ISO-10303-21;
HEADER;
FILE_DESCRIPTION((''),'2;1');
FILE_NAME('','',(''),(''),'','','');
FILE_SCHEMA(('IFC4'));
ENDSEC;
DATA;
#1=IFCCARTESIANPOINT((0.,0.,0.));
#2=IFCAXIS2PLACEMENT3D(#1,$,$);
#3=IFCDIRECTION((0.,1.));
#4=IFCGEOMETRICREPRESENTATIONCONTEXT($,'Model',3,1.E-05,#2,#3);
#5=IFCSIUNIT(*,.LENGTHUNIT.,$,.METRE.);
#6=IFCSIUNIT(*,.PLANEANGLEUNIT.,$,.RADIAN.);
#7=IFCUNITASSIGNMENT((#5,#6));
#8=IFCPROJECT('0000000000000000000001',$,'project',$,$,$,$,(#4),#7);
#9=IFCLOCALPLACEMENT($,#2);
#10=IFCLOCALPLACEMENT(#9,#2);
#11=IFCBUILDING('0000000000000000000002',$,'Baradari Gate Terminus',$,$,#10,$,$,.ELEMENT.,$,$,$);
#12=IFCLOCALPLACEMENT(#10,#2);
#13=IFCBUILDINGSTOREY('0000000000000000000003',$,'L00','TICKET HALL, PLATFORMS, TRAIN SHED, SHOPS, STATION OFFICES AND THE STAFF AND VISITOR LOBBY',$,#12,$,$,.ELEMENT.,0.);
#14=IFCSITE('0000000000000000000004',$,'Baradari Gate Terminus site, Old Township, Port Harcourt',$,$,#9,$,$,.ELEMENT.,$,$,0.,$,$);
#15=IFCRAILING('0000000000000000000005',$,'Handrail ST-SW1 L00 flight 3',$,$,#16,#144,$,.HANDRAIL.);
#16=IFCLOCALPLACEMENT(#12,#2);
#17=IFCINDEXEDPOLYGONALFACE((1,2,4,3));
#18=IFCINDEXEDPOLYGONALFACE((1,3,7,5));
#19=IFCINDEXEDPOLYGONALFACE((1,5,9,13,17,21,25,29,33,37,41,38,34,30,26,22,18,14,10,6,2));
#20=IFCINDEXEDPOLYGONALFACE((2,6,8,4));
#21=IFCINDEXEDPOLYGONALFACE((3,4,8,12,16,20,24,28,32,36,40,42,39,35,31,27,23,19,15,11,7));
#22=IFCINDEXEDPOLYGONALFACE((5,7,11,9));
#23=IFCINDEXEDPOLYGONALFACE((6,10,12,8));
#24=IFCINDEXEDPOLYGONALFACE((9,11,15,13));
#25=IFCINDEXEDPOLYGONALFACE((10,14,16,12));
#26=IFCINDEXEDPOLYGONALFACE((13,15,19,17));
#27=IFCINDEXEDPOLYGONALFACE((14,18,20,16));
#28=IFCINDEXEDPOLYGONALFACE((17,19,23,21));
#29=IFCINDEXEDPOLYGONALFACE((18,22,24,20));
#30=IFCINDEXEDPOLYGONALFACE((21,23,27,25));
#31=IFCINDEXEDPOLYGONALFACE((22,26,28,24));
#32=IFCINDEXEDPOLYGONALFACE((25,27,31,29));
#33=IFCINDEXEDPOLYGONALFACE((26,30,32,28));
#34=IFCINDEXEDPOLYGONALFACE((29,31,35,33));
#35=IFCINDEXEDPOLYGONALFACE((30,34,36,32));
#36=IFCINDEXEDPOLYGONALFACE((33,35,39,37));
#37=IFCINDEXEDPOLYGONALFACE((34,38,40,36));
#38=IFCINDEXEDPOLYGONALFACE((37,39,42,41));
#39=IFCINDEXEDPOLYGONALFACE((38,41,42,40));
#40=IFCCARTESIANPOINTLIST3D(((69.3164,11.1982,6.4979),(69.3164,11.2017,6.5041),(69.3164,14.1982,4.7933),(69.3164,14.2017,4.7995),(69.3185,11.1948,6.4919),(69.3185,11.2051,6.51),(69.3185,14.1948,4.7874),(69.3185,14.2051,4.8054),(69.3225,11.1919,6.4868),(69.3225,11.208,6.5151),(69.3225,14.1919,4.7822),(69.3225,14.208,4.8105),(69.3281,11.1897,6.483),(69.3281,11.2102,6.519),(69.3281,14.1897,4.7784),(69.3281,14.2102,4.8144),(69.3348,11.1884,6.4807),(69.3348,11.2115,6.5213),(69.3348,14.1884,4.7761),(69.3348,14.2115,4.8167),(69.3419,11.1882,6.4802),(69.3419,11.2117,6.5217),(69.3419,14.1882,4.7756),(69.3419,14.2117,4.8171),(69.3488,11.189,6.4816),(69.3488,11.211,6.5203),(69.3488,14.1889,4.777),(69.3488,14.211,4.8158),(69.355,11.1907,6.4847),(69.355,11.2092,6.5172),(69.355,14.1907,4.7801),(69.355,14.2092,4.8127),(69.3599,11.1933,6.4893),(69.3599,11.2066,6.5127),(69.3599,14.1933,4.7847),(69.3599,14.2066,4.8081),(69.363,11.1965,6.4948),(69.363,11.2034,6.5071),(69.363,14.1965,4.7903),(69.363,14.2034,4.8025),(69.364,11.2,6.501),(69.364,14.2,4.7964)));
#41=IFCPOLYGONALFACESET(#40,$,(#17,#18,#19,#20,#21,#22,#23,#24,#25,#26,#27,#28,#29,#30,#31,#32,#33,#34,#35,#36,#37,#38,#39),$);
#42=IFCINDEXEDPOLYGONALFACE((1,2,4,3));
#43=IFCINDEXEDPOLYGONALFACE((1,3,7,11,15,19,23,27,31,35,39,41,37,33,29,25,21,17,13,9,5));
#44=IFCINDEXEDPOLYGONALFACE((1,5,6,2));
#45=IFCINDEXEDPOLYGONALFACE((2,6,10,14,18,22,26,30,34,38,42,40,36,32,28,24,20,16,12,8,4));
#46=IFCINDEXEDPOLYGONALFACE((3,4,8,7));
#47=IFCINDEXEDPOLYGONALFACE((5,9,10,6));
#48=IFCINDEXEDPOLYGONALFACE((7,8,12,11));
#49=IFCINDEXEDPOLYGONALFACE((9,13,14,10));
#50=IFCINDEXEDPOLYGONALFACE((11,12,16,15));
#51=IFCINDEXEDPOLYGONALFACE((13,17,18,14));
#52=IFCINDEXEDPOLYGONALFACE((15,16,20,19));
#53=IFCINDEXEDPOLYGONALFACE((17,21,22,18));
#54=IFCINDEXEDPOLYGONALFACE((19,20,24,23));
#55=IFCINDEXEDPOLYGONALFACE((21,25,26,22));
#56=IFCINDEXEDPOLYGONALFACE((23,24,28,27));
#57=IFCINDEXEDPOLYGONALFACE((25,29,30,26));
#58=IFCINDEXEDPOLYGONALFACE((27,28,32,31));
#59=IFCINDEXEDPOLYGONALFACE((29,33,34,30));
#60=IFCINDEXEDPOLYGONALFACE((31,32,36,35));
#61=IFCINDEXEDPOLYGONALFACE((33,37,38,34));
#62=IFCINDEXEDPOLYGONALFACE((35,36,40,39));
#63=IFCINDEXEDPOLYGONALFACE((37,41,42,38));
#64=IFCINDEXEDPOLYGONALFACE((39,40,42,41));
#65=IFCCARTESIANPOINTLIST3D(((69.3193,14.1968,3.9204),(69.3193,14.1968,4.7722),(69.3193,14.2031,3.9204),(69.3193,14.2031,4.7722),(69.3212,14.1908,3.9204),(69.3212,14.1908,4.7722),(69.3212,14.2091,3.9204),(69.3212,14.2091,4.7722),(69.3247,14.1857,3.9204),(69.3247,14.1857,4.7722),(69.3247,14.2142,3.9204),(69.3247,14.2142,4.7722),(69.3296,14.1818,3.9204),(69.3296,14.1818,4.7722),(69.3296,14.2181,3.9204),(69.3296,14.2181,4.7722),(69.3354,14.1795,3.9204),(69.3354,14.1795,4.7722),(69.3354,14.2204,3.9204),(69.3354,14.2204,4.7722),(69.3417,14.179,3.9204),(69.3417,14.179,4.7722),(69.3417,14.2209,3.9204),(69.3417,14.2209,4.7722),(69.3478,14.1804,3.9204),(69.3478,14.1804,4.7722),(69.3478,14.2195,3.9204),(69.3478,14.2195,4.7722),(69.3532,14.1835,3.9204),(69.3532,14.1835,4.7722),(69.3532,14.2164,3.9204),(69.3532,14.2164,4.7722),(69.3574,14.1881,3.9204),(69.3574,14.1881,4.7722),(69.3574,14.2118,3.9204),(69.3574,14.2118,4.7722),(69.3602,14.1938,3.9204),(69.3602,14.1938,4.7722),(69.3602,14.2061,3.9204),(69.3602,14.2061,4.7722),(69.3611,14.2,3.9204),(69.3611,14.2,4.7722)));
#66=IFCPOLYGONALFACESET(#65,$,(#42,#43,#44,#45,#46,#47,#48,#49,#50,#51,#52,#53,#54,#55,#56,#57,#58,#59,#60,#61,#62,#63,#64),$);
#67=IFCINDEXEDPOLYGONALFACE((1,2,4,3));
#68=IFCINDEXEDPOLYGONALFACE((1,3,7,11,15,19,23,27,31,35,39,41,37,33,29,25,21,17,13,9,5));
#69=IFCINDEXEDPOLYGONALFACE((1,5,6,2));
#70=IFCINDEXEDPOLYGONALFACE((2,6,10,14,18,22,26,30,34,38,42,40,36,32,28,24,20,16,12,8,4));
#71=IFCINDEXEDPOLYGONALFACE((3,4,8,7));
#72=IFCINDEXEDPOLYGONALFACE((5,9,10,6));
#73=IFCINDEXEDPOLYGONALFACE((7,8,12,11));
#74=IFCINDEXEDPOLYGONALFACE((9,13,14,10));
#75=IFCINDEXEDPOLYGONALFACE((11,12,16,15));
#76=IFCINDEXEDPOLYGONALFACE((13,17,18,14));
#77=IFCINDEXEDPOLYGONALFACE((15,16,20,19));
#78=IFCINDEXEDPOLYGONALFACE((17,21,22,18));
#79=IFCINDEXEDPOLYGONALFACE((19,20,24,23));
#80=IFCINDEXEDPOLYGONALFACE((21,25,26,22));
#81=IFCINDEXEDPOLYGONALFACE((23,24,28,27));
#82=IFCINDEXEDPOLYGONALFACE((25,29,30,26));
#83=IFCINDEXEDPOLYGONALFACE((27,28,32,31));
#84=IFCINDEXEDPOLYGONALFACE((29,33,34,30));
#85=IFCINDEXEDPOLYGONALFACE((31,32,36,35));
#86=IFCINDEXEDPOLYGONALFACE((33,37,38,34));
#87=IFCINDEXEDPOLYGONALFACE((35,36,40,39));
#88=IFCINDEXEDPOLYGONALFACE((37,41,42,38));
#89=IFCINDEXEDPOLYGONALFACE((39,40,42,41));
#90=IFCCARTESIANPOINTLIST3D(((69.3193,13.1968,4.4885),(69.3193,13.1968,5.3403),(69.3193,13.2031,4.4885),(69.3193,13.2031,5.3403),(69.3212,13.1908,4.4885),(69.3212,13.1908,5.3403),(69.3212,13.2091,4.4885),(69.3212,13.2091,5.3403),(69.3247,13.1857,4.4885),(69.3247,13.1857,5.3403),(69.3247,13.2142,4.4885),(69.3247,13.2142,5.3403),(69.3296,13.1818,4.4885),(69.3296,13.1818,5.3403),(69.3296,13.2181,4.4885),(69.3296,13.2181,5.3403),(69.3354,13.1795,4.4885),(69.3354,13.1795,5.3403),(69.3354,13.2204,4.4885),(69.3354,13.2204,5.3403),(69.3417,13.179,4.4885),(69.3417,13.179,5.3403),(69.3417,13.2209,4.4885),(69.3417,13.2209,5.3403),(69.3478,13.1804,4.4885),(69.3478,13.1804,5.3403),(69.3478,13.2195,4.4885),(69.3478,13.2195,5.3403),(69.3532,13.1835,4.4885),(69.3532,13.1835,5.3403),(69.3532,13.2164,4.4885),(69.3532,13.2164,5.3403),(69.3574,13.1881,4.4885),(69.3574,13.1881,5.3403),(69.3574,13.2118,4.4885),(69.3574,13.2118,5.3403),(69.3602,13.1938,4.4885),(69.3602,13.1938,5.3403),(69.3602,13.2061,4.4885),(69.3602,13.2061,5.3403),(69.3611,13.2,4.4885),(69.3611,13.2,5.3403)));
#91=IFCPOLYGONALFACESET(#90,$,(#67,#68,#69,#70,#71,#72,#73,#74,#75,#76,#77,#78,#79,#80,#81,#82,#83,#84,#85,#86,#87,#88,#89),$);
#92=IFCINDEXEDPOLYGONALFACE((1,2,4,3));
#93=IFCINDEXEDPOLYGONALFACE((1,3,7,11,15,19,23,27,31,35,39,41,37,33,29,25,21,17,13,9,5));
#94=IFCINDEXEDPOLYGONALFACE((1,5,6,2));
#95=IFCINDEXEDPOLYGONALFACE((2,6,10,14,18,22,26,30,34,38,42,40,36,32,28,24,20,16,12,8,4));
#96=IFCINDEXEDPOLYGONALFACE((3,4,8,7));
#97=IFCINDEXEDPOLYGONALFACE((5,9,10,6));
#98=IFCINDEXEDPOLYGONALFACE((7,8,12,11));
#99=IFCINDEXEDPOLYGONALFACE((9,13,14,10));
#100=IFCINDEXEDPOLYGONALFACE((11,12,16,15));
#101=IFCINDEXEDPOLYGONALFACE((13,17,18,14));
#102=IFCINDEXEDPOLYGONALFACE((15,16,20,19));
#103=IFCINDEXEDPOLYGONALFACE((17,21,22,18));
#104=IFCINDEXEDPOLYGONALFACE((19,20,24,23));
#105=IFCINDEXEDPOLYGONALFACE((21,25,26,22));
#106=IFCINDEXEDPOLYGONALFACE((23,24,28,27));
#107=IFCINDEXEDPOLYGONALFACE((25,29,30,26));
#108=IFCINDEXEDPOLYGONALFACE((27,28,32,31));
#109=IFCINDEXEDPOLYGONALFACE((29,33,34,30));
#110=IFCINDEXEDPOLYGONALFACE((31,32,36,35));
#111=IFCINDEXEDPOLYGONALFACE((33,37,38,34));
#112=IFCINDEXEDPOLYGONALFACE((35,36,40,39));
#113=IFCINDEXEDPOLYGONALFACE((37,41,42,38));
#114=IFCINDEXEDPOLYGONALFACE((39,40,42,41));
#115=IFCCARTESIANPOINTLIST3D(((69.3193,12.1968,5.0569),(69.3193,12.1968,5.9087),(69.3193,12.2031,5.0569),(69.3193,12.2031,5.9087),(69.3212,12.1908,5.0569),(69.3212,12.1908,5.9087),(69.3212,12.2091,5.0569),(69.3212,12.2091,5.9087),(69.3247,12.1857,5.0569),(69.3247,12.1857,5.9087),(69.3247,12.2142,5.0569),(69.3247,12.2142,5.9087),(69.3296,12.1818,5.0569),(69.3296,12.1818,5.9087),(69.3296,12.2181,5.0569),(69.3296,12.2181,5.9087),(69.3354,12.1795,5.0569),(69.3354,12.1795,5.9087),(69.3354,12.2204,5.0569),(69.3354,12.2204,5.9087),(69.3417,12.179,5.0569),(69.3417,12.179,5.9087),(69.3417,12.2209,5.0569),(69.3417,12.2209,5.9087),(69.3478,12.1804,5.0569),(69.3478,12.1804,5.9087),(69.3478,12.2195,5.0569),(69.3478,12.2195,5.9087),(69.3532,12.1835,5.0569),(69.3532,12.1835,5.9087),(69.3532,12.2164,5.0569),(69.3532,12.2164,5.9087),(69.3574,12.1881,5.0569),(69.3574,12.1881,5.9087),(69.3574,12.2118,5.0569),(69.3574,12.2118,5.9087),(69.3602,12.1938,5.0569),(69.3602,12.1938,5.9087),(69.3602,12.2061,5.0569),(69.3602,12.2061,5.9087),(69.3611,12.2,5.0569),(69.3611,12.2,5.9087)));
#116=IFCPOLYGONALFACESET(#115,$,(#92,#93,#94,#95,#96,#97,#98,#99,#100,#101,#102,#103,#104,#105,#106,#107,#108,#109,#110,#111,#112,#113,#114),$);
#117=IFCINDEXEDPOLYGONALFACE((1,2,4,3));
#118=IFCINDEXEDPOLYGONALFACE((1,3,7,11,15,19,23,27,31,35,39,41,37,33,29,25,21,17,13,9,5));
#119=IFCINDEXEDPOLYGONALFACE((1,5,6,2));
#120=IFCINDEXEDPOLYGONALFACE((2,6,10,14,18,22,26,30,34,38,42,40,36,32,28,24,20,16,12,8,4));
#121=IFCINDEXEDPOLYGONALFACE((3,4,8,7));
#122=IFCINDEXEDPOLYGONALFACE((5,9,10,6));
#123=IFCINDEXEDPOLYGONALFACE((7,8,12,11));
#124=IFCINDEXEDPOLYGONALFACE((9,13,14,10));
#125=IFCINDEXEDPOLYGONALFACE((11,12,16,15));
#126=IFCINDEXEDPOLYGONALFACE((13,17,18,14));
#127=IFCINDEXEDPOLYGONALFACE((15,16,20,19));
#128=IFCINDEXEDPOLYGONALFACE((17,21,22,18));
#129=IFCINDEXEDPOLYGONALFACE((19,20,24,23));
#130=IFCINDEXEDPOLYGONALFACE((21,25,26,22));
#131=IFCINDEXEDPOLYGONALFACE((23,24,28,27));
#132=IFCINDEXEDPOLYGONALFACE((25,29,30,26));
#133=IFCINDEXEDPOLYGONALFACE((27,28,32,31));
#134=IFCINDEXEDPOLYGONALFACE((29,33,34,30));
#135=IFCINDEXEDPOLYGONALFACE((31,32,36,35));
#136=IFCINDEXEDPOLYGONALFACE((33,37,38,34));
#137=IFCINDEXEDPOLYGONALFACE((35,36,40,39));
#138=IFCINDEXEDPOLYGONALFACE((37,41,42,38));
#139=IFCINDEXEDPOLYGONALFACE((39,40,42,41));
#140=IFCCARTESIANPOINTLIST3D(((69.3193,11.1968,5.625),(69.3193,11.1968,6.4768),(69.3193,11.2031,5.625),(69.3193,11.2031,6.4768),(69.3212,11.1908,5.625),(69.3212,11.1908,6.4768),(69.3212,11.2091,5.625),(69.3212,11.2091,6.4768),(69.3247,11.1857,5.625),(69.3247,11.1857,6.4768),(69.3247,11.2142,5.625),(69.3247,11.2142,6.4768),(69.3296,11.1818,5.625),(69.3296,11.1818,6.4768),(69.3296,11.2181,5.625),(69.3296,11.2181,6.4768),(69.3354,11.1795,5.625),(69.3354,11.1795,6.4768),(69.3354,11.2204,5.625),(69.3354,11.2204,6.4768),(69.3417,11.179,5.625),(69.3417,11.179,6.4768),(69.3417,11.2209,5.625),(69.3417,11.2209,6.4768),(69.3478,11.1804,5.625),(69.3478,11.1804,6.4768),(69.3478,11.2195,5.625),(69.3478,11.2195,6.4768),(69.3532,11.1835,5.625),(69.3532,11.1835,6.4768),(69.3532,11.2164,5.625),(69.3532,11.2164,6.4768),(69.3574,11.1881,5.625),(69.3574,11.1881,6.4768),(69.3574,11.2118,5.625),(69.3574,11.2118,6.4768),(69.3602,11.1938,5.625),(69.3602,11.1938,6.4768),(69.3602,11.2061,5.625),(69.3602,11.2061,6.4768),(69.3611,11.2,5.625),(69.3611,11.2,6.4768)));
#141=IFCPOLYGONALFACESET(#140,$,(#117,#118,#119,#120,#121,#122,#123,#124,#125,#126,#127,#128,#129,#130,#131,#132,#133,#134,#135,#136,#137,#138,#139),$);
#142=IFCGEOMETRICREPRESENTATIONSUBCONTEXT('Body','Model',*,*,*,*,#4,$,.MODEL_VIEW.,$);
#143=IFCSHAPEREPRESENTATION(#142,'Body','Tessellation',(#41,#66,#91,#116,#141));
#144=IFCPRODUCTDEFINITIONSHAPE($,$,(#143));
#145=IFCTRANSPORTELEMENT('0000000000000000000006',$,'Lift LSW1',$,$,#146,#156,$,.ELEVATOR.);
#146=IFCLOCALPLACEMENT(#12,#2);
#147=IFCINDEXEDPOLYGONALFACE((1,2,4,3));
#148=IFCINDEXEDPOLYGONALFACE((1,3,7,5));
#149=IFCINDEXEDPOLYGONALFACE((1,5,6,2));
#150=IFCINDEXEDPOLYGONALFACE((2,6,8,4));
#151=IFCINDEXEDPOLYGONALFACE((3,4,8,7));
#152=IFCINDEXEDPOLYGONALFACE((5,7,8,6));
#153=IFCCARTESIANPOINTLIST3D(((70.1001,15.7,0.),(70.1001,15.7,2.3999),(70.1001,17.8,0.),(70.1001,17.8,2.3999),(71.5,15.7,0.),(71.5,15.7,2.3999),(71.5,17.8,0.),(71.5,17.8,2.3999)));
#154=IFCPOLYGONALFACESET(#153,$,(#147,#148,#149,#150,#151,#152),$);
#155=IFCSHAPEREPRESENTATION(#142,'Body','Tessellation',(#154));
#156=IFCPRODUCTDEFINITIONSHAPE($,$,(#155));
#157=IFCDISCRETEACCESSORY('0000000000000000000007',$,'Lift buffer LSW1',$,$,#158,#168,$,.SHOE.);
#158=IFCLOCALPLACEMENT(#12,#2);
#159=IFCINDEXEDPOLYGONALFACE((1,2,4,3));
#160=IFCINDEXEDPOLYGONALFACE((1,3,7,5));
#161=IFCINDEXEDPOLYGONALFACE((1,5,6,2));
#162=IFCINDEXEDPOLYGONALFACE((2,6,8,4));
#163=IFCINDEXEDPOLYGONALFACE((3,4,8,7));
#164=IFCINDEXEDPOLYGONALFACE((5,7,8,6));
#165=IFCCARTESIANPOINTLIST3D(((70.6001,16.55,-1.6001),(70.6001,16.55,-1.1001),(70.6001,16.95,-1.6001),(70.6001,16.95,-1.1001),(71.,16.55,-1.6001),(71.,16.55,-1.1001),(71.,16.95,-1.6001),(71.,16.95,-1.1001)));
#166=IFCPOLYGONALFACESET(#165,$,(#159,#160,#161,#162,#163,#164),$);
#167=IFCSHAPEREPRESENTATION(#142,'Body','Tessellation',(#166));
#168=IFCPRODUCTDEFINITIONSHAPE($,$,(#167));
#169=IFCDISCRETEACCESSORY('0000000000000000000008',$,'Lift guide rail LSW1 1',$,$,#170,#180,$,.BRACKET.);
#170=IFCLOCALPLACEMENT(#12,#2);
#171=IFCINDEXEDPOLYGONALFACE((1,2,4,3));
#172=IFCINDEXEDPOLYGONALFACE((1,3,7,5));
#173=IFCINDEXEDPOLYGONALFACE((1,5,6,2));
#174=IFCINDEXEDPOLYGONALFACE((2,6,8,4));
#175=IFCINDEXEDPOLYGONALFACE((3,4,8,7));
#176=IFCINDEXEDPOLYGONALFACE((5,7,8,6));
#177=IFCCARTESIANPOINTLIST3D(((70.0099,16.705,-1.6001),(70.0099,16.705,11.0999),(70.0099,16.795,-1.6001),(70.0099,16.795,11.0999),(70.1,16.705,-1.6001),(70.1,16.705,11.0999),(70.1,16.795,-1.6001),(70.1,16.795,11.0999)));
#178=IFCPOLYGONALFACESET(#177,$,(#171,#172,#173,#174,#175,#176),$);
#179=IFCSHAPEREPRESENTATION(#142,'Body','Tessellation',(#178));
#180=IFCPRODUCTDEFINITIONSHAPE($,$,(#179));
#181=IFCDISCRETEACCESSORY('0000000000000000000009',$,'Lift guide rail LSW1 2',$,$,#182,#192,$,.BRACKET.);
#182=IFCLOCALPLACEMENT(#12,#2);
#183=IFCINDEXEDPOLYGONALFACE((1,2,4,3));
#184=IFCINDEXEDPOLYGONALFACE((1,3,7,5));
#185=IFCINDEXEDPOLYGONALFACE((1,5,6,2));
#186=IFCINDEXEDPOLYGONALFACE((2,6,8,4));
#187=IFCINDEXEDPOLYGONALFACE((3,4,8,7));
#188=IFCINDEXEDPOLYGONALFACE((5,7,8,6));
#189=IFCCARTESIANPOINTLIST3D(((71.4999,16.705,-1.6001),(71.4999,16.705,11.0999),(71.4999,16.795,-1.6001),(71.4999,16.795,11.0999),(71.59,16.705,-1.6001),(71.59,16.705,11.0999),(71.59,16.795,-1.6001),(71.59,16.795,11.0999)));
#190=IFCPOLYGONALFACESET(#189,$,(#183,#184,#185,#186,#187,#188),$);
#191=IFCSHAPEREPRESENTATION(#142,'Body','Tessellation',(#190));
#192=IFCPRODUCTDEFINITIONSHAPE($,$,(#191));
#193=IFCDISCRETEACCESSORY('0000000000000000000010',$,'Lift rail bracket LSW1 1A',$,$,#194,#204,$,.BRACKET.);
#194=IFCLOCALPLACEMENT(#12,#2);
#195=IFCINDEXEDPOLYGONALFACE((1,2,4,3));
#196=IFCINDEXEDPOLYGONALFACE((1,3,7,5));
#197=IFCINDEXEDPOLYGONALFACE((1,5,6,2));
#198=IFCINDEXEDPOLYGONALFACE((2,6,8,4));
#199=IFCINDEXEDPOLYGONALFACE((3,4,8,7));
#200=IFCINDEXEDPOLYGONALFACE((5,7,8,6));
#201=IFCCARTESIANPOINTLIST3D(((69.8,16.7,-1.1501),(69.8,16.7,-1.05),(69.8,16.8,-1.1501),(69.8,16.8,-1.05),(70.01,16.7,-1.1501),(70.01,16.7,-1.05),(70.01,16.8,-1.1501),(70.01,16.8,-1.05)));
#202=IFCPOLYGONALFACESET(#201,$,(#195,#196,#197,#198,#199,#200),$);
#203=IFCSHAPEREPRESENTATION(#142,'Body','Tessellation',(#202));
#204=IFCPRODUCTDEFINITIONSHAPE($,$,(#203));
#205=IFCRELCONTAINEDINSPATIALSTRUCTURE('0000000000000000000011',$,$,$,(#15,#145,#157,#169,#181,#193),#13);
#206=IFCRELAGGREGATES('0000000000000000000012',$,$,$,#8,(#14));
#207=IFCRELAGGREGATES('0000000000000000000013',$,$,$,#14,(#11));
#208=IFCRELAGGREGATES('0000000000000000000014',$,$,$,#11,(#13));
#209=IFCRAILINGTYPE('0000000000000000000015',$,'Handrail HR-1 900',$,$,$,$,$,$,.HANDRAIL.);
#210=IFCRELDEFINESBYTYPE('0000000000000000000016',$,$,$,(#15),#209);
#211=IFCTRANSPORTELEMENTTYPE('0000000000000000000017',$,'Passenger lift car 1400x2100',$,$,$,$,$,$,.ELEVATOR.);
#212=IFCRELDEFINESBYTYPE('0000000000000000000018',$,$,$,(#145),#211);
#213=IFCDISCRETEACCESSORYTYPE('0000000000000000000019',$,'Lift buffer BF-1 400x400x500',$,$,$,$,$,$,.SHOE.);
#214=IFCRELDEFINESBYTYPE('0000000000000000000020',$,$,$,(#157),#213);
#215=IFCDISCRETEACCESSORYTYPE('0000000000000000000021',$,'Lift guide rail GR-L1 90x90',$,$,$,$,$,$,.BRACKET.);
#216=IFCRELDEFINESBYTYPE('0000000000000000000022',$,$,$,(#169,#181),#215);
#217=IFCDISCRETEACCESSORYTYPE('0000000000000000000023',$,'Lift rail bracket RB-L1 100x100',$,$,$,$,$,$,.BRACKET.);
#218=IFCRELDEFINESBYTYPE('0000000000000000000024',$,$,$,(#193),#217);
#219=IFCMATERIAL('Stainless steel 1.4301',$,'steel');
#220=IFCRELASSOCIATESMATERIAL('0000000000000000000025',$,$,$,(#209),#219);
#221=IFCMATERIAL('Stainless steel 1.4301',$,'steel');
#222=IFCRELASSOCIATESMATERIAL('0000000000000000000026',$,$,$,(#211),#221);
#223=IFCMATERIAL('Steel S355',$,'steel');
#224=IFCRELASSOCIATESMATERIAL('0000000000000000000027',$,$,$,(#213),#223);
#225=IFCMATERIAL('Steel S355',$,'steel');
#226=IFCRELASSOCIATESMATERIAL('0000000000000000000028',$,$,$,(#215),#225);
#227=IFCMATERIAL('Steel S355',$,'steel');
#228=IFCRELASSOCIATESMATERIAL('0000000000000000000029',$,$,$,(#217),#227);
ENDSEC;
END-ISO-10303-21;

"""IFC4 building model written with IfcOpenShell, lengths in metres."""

from ifc_helpers import new_model, si_unit, direction, frame, origin, origin_2d, place, context, subcontext, project, spatial, rectangle, circle, extrude, material, type_object, element, save


model = new_model("IFC4")

# Units and contexts
model_context = context("Model", 3, precision=1e-05, world=origin(), true_north=direction((0.0, 1.0)))
body_context = subcontext(model_context, "Body", "Model", "MODEL_VIEW")
ifc_project = project(units=[si_unit("LENGTHUNIT", "METRE"), si_unit("PLANEANGLEUNIT", "RADIAN")], contexts=[model_context])

# Site, building, storey
site_placement = place(None, origin())
site = spatial("IfcSite", under=ifc_project, at=site_placement, Name="Baradari Gate Terminus site, Old Township, Port Harcourt", CompositionType="ELEMENT", RefElevation=0.0)
building_placement = place(site_placement, origin())
building = spatial("IfcBuilding", under=site, at=building_placement, Name="Baradari Gate Terminus", CompositionType="ELEMENT")
storey_placement = place(building_placement, origin())
storey = spatial("IfcBuildingStorey", under=building, at=storey_placement, Name="L00", Description="TICKET HALL, PLATFORMS, TRAIN SHED, SHOPS, STATION OFFICES AND THE STAFF AND VISITOR LOBBY", CompositionType="ELEMENT", Elevation=0.0)

# Railing
ifc_material_1 = material(Name="Stainless steel 1.4301", Category="steel")
railing_type_1 = type_object("IfcRailingType", Name="Handrail HR-1 900", PredefinedType="HANDRAIL", material=ifc_material_1)
for number, where, name in (
    (1, (69.3401, 14.2, 3.9204), "Handrail ST-SW1 L00 flight 3"),
):
    element("IfcRailing", number, at=place(storey_placement, frame(where)), inside=storey, type_object=railing_type_1, Name=name, PredefinedType="HANDRAIL", context=body_context, shape_type="SweptSolid", body=[
        extrude(circle(Radius=0.0239, at=origin_2d()), frame((0.0, 0.0, 0.876), z_axis=(0.0, -0.869451, 0.494019), x_axis=(1.0, 0.0, 0.0)), (0.0, 0.0, 1.0), 3.4504),
        extrude(circle(Radius=0.021, at=origin_2d()), origin(), (0.0, 0.0, 1.0), 0.8518),
        extrude(circle(Radius=0.021, at=origin_2d()), frame((0.0, -1.0, 0.5681)), (0.0, 0.0, 1.0), 0.8518),
        extrude(circle(Radius=0.021, at=origin_2d()), frame((0.0, -2.0, 1.1365)), (0.0, 0.0, 1.0), 0.8518),
        extrude(circle(Radius=0.021, at=origin_2d()), frame((0.0, -3.0, 1.7046)), (0.0, 0.0, 1.0), 0.8518),
    ])

# Transport element
ifc_material_2 = material(Name="Stainless steel 1.4301", Category="steel")
transport_element_type = type_object("IfcTransportElementType", Name="Passenger lift car 1400x2100", PredefinedType="ELEVATOR", material=ifc_material_2)
transport_element_placement = place(storey_placement, frame((70.8, 16.75, 0.0), z_axis=(0.0, 0.0, 1.0), x_axis=(1.0, 0.0, 0.0)))
element("IfcTransportElement", 2, at=transport_element_placement, inside=storey, type_object=transport_element_type, Name="Lift LSW1", PredefinedType="ELEVATOR", context=body_context, shape_type="SweptSolid", body=[
    extrude(rectangle(XDim=1.3999, YDim=2.1001, at=origin_2d()), origin(), (0.0, 0.0, 1.0), 2.3999),
])

# Discrete accessories
ifc_material_3 = material(Name="Steel S355", Category="steel")
discrete_accessory_type_1 = type_object("IfcDiscreteAccessoryType", Name="Lift buffer BF-1 400x400x500", PredefinedType="SHOE", material=ifc_material_3)
discrete_accessory_placement = place(storey_placement, frame((70.8, 16.75, -1.6001), z_axis=(0.0, 0.0, 1.0), x_axis=(1.0, 0.0, 0.0)))
element("IfcDiscreteAccessory", 3, at=discrete_accessory_placement, inside=storey, type_object=discrete_accessory_type_1, Name="Lift buffer LSW1", PredefinedType="SHOE", context=body_context, shape_type="SweptSolid", body=[
    extrude(rectangle(XDim=0.3999, YDim=0.3999, at=origin_2d()), origin(), (0.0, 0.0, 1.0), 0.5),
])
ifc_material_4 = material(Name="Steel S355", Category="steel")
discrete_accessory_type_2 = type_object("IfcDiscreteAccessoryType", Name="Lift guide rail GR-L1 90x90", PredefinedType="BRACKET", material=ifc_material_4)
for number, where, z_axis, x_axis, name in (
    (4, (70.0549, 16.75, -1.6001), (0.0, 0.0, 1.0), (1.0, 0.0, 0.0), "Lift guide rail LSW1 1"),
    (5, (71.5449, 16.75, -1.6001), (0.0, 0.0, 1.0), (1.0, 0.0, 0.0), "Lift guide rail LSW1 2"),
):
    element("IfcDiscreteAccessory", number, at=place(storey_placement, frame(where, z_axis=z_axis, x_axis=x_axis)), inside=storey, type_object=discrete_accessory_type_2, Name=name, PredefinedType="BRACKET", context=body_context, shape_type="SweptSolid", body=[
        extrude(rectangle(XDim=0.0901, YDim=0.0901, at=origin_2d()), origin(), (0.0, 0.0, 1.0), 12.7),
    ])
ifc_material_5 = material(Name="Steel S355", Category="steel")
discrete_accessory_type_3 = type_object("IfcDiscreteAccessoryType", Name="Lift rail bracket RB-L1 100x100", PredefinedType="BRACKET", material=ifc_material_5)
for number, where, z_axis, x_axis, name in (
    (6, (69.905, 16.75, -1.1501), (0.0, 0.0, 1.0), (1.0, 0.0, 0.0), "Lift rail bracket LSW1 1A"),
):
    element("IfcDiscreteAccessory", number, at=place(storey_placement, frame(where, z_axis=z_axis, x_axis=x_axis)), inside=storey, type_object=discrete_accessory_type_3, Name=name, PredefinedType="BRACKET", context=body_context, shape_type="SweptSolid", body=[
        extrude(rectangle(XDim=0.21, YDim=0.1001, at=origin_2d()), origin(), (0.0, 0.0, 1.0), 0.1001),
    ])

save(model, "model.ifc")
